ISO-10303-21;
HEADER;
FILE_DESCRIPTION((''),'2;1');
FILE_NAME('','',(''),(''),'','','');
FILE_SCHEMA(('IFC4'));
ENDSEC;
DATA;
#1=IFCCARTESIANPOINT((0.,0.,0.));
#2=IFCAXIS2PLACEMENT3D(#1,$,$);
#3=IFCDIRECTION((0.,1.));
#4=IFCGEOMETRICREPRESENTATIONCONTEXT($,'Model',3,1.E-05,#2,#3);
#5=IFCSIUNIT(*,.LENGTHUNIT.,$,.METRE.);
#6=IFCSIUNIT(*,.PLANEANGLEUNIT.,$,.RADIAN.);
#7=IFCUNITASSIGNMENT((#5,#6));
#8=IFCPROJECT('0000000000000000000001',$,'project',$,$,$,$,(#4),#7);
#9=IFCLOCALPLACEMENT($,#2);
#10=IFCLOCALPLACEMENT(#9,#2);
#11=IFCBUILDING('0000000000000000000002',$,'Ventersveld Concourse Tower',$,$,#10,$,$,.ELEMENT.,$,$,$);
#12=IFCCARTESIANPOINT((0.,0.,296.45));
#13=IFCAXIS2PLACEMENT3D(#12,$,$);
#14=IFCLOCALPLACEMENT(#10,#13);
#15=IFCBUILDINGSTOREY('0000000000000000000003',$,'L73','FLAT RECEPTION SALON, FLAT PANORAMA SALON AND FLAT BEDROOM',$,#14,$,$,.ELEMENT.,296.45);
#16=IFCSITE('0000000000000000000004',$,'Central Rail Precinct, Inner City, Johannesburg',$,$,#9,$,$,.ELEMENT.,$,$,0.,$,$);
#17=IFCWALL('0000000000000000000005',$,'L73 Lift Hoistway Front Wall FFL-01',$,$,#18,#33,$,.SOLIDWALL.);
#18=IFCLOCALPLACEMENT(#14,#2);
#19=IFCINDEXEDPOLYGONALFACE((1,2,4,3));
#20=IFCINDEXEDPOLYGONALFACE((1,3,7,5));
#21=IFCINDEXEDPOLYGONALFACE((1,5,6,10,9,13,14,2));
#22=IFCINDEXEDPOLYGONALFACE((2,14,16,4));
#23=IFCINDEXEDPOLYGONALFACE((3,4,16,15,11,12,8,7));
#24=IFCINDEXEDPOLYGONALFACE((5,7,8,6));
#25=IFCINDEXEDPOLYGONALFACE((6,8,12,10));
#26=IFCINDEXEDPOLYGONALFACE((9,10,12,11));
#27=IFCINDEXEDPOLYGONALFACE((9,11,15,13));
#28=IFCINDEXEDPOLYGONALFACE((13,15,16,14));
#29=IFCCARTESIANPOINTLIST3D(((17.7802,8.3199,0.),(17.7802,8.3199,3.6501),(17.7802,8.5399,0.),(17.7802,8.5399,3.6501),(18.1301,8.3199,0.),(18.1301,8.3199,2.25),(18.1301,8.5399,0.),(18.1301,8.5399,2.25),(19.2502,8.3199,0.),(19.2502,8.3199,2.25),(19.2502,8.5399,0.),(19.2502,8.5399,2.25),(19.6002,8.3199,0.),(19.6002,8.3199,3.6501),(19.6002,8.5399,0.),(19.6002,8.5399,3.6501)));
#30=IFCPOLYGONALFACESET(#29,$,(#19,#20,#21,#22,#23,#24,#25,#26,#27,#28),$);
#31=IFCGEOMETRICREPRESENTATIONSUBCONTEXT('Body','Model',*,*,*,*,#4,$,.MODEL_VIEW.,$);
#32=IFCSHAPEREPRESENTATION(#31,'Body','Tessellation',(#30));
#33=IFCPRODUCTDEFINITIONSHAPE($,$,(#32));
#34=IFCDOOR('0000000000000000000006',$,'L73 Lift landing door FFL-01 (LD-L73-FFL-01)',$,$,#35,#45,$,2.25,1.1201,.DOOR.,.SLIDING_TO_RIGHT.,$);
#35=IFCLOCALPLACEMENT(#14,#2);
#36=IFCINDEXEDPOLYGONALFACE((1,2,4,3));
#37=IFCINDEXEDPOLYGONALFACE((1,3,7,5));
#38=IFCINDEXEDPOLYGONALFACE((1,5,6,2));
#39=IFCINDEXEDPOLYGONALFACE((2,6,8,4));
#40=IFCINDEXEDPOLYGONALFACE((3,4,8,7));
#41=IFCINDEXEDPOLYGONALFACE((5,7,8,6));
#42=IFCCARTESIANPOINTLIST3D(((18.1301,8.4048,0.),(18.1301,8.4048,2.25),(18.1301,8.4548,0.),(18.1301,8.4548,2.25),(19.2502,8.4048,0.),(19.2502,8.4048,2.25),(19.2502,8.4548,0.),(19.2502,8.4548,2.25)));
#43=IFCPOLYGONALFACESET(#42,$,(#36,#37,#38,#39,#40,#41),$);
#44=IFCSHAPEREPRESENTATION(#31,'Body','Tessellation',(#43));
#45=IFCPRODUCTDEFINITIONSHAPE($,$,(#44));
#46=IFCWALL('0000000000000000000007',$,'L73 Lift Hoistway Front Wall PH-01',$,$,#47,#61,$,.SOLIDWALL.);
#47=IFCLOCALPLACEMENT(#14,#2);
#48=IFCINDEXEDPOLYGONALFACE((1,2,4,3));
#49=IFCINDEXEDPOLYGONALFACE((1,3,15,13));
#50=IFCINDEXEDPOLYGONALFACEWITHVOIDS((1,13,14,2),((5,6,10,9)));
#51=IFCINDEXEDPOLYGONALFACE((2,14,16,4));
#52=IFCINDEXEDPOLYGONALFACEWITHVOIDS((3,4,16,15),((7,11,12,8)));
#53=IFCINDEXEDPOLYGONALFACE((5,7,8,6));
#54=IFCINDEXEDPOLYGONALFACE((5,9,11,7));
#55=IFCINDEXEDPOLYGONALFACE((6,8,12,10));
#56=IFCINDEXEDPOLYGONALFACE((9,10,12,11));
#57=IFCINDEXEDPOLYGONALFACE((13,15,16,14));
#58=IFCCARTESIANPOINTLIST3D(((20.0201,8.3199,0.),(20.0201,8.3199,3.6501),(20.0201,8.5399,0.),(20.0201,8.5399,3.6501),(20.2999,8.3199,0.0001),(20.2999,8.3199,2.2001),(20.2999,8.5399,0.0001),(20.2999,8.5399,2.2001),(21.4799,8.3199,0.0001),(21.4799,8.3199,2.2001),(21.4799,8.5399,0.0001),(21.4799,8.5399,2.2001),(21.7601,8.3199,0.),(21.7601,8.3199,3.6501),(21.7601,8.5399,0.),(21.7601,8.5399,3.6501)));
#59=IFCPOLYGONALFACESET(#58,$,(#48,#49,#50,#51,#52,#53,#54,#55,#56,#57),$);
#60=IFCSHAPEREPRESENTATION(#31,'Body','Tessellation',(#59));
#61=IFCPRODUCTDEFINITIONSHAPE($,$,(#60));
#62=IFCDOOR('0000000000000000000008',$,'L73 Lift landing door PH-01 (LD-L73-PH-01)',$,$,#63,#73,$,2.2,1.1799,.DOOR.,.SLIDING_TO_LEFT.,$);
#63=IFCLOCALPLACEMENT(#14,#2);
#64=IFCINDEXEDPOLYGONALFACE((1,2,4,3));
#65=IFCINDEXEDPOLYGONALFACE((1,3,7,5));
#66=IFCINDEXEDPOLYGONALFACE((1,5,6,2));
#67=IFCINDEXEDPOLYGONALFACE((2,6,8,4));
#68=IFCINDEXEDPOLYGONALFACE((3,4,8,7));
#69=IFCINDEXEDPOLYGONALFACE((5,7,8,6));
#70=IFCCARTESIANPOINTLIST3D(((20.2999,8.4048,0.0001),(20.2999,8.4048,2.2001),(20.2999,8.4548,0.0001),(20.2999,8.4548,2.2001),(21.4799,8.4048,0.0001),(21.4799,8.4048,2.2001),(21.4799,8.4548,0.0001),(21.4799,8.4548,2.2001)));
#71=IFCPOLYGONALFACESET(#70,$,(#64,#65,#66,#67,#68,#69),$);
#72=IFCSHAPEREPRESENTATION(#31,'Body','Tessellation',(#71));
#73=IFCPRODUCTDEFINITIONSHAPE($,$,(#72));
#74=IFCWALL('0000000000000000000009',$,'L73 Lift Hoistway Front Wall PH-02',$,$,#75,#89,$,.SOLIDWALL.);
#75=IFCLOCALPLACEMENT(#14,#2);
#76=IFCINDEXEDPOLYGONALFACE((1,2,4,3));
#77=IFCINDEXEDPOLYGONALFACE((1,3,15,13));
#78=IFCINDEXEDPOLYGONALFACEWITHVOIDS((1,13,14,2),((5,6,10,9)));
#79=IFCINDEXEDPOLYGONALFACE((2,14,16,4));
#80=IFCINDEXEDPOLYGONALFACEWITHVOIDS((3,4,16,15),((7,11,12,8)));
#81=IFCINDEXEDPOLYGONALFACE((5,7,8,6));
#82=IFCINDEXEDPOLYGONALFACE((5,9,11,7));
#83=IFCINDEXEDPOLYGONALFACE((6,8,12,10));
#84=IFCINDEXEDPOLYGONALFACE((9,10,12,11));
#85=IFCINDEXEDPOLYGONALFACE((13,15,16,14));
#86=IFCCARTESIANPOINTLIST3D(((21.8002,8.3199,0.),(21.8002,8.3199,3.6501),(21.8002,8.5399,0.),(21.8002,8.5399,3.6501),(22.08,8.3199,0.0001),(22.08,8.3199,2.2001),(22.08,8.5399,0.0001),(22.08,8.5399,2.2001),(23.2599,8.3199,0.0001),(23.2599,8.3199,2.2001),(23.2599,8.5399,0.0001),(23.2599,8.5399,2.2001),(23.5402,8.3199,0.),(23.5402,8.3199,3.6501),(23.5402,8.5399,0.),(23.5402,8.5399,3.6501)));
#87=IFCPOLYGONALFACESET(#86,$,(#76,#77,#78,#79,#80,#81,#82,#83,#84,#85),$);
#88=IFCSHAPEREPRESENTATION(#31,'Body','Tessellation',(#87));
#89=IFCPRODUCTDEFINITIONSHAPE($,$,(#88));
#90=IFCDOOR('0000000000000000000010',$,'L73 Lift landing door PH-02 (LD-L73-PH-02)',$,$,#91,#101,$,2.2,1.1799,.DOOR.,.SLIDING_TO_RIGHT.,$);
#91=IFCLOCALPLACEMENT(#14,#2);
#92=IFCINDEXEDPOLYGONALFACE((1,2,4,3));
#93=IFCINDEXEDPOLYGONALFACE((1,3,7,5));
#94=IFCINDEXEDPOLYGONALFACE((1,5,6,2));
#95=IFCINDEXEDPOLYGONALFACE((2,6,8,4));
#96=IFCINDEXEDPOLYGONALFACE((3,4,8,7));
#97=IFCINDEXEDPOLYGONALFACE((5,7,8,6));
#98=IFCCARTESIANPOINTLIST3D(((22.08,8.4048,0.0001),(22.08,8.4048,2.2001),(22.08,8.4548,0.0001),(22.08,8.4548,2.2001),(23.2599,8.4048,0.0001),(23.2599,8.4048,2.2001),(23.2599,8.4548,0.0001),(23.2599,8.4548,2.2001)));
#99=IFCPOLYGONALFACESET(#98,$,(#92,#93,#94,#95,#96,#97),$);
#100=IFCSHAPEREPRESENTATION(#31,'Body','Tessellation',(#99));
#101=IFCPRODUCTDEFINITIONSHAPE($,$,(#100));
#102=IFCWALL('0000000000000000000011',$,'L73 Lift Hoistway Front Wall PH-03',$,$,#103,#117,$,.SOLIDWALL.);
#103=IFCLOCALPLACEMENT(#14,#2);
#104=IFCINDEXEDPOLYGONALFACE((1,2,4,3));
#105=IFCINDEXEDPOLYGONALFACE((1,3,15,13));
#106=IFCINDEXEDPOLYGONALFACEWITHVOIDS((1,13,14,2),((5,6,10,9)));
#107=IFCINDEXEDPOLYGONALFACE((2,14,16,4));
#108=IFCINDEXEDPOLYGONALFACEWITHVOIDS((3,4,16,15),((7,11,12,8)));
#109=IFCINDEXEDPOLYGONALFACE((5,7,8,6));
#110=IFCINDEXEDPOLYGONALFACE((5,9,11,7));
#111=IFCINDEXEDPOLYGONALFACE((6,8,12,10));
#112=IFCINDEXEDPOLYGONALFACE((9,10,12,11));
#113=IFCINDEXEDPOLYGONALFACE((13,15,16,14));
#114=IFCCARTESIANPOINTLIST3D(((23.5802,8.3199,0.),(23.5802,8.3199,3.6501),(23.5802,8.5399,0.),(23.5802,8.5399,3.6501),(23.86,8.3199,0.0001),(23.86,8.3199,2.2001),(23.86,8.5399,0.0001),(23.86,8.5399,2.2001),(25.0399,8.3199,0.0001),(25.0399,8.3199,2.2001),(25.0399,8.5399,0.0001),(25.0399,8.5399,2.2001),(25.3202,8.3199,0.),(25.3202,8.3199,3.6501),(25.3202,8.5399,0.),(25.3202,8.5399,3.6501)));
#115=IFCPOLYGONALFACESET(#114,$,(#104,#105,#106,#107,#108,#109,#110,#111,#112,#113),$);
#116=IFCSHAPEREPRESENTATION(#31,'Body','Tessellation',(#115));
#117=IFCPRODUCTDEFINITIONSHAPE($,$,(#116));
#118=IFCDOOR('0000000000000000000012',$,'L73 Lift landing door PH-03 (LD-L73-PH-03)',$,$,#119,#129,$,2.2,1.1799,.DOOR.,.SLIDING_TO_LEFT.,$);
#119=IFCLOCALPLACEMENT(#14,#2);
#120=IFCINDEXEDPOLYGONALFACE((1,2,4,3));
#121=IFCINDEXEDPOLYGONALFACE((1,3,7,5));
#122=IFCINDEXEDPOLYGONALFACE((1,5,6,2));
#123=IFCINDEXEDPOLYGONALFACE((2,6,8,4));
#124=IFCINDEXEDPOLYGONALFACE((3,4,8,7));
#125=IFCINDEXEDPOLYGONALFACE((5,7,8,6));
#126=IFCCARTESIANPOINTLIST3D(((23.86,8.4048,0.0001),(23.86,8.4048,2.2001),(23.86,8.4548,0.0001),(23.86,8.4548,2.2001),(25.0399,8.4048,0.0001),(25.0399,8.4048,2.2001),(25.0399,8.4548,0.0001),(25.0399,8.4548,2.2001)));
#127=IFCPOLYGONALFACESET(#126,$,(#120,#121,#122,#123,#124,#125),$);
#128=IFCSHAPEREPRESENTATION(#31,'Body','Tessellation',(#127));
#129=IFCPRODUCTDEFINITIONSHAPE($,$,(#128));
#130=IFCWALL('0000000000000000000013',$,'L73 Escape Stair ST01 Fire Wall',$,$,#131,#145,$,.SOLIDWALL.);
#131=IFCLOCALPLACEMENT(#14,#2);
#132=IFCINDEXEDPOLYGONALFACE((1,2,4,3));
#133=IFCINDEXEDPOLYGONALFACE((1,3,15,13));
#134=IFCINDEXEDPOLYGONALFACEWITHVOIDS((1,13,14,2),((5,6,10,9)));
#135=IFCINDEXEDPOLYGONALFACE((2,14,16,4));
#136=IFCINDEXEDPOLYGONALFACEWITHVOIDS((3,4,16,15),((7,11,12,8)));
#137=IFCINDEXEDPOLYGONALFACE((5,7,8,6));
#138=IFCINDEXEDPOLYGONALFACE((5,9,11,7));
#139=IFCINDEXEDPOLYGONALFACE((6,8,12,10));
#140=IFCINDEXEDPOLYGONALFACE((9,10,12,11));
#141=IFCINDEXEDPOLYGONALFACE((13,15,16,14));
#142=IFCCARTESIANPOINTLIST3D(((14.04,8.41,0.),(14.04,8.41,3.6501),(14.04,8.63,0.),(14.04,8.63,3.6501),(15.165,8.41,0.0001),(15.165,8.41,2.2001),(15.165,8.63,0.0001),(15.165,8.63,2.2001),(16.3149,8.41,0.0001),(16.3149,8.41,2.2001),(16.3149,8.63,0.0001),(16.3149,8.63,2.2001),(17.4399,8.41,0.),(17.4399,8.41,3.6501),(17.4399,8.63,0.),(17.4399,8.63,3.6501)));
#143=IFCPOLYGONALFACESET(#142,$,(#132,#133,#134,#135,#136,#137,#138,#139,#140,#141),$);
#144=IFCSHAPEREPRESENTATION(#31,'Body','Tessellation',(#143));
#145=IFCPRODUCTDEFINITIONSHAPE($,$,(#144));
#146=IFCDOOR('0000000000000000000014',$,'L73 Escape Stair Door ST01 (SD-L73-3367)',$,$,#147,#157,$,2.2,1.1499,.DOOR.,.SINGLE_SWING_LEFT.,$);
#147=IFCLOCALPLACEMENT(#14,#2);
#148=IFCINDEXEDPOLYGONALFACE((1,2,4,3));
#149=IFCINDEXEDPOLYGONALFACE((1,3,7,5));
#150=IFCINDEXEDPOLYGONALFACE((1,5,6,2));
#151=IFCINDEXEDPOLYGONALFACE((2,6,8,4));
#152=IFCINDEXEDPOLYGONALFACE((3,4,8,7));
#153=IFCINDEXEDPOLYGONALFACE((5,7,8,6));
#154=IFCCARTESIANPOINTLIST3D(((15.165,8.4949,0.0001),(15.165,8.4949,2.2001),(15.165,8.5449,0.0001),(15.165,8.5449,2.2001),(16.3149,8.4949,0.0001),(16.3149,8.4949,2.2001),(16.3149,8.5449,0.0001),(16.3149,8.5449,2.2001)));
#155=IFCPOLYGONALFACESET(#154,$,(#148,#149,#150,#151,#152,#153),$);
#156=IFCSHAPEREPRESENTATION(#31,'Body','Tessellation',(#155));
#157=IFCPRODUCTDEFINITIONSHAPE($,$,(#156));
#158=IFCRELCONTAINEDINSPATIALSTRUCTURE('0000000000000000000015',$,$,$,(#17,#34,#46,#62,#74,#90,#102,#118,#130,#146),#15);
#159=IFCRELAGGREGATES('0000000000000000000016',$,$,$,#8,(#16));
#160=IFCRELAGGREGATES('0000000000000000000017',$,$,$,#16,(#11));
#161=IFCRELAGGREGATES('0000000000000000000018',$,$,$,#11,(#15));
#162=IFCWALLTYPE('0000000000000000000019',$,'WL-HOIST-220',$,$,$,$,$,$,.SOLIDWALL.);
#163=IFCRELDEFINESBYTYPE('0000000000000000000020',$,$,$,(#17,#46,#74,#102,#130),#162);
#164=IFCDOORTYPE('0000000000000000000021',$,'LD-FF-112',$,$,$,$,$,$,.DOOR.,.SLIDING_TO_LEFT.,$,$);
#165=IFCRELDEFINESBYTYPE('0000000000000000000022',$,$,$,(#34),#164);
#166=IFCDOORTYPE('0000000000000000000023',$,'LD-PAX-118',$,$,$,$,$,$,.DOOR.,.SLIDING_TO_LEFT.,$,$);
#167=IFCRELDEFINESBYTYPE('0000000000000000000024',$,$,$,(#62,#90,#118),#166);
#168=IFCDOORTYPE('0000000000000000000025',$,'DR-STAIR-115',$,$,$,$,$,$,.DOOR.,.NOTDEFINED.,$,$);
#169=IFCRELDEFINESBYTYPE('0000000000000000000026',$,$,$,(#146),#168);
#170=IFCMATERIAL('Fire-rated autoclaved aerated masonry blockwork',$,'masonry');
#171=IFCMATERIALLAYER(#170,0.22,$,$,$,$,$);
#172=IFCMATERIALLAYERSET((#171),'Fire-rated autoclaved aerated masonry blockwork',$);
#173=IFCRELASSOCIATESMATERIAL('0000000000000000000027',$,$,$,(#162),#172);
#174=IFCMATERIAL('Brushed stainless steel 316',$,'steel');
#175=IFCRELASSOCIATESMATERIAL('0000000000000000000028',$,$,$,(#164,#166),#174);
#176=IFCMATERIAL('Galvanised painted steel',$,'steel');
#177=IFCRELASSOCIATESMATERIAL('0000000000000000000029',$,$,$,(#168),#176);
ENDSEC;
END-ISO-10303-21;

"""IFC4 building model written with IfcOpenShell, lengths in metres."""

from ifc_helpers import new_model, si_unit, direction, frame, frame_2d, origin, place, context, subcontext, project, spatial, rectangle, extrude, material, layer, layer_set, type_object, element, fill, save


model = new_model("IFC4")

# Units and contexts
model_context = context("Model", 3, precision=1e-05, world=origin(), true_north=direction((0.0, 1.0)))
body_context = subcontext(model_context, "Body", "Model", "MODEL_VIEW")
ifc_project = project(units=[si_unit("LENGTHUNIT", "METRE"), si_unit("PLANEANGLEUNIT", "RADIAN")], contexts=[model_context])

# Site, building, storey
site_placement = place(None, origin())
site = spatial("IfcSite", under=ifc_project, at=site_placement, Name="Central Rail Precinct, Inner City, Johannesburg", CompositionType="ELEMENT", RefElevation=0.0)
building_placement = place(site_placement, origin())
building = spatial("IfcBuilding", under=site, at=building_placement, Name="Ventersveld Concourse Tower", CompositionType="ELEMENT")
storey_placement = place(building_placement, frame((0.0, 0.0, 296.45)))
storey = spatial("IfcBuildingStorey", under=building, at=storey_placement, Name="L73", Description="FLAT RECEPTION SALON, FLAT PANORAMA SALON AND FLAT BEDROOM", CompositionType="ELEMENT", Elevation=296.45)

# Walls, openings, doors
ifc_material_1 = material(Name="Fire-rated autoclaved aerated masonry blockwork", Category="masonry")
ifc_layer_1 = layer(ifc_material_1, 0.22)
ifc_layer_set_1 = layer_set([ifc_layer_1], Name="Fire-rated autoclaved aerated masonry blockwork")
wall_type_1 = type_object("IfcWallType", Name="WL-HOIST-220", PredefinedType="SOLIDWALL", material=ifc_layer_set_1)
wall_1_placement = place(storey_placement, frame((17.78, 8.4299, 0.0), z_axis=(0.0, 0.0, 1.0), x_axis=(1.0, 0.0, 0.0)))
wall_1 = element("IfcWall", 1, at=wall_1_placement, inside=storey, type_object=wall_type_1, Name="L73 Lift Hoistway Front Wall FFL-01", PredefinedType="SOLIDWALL", context=body_context, shape_type="SweptSolid", body=[
    extrude(rectangle(XDim=1.8201, YDim=0.22, at=frame_2d((0.9102, 0.0))), origin(), (0.0, 0.0, 1.0), 3.6501),
])
opening_1_placement = place(wall_1_placement, frame((0.3501, 0.0, 0.0)))
opening_1 = element("IfcOpeningElement", 2, at=opening_1_placement, cuts=wall_1, PredefinedType="OPENING", context=body_context, shape_type="SweptSolid", body=[
    extrude(rectangle(XDim=1.1201, YDim=2.25, at=frame_2d((0.5601, 1.125))), frame((0.0, 0.1201, 0.0), z_axis=(0.0, -1.0, 0.0), x_axis=(1.0, 0.0, 0.0)), (0.0, 0.0, 1.0), 0.24),
])
ifc_material_2 = material(Name="Brushed stainless steel 316", Category="steel")
door_type_1 = type_object("IfcDoorType", Name="LD-FF-112", OperationType="SLIDING_TO_LEFT", PredefinedType="DOOR", material=ifc_material_2)
door_1_placement = place(opening_1_placement, origin())
door_1 = element("IfcDoor", 3, at=door_1_placement, inside=storey, type_object=door_type_1, Name="L73 Lift landing door FFL-01 (LD-L73-FFL-01)", OperationType="SLIDING_TO_RIGHT", OverallHeight=2.25, OverallWidth=1.1201, PredefinedType="DOOR", context=body_context, shape_type="SweptSolid", body=[
    extrude(rectangle(XDim=1.1201, YDim=2.25, at=frame_2d((0.5601, 1.125))), frame((0.0, 0.0249, 0.0), z_axis=(0.0, -1.0, 0.0), x_axis=(1.0, 0.0, 0.0)), (0.0, 0.0, 1.0), 0.05),
])
fill(opening_1, door_1)
wall_2_placement = place(storey_placement, frame((20.02, 8.4299, 0.0), z_axis=(0.0, 0.0, 1.0), x_axis=(1.0, 0.0, 0.0)))
wall_2 = element("IfcWall", 4, at=wall_2_placement, inside=storey, type_object=wall_type_1, Name="L73 Lift Hoistway Front Wall PH-01", PredefinedType="SOLIDWALL", context=body_context, shape_type="SweptSolid", body=[
    extrude(rectangle(XDim=1.74, YDim=0.22, at=frame_2d((0.8701, 0.0))), origin(), (0.0, 0.0, 1.0), 3.6501),
])
opening_2_placement = place(wall_2_placement, frame((0.28, 0.0, 0.0)))
opening_2 = element("IfcOpeningElement", 5, at=opening_2_placement, cuts=wall_2, PredefinedType="OPENING", context=body_context, shape_type="SweptSolid", body=[
    extrude(rectangle(XDim=1.1799, YDim=2.2, at=frame_2d((0.5898, 1.1001))), frame((0.0, 0.1201, 0.0), z_axis=(0.0, -1.0, 0.0), x_axis=(1.0, 0.0, 0.0)), (0.0, 0.0, 1.0), 0.24),
])
door_type_2 = type_object("IfcDoorType", Name="LD-PAX-118", OperationType="SLIDING_TO_LEFT", PredefinedType="DOOR", material=ifc_material_2)
door_2_placement = place(opening_2_placement, origin())
door_2 = element("IfcDoor", 6, at=door_2_placement, inside=storey, type_object=door_type_2, Name="L73 Lift landing door PH-01 (LD-L73-PH-01)", OperationType="SLIDING_TO_LEFT", OverallHeight=2.2, OverallWidth=1.1799, PredefinedType="DOOR", context=body_context, shape_type="SweptSolid", body=[
    extrude(rectangle(XDim=1.1799, YDim=2.2, at=frame_2d((0.5898, 1.1001))), frame((0.0, 0.0249, 0.0), z_axis=(0.0, -1.0, 0.0), x_axis=(1.0, 0.0, 0.0)), (0.0, 0.0, 1.0), 0.05),
])
fill(opening_2, door_2)
wall_3_placement = place(storey_placement, frame((21.8, 8.4299, 0.0), z_axis=(0.0, 0.0, 1.0), x_axis=(1.0, 0.0, 0.0)))
wall_3 = element("IfcWall", 7, at=wall_3_placement, inside=storey, type_object=wall_type_1, Name="L73 Lift Hoistway Front Wall PH-02", PredefinedType="SOLIDWALL", context=body_context, shape_type="SweptSolid", body=[
    extrude(rectangle(XDim=1.74, YDim=0.22, at=frame_2d((0.8701, 0.0))), origin(), (0.0, 0.0, 1.0), 3.6501),
])
opening_3_placement = place(wall_3_placement, frame((0.28, 0.0, 0.0)))
opening_3 = element("IfcOpeningElement", 8, at=opening_3_placement, cuts=wall_3, PredefinedType="OPENING", context=body_context, shape_type="SweptSolid", body=[
    extrude(rectangle(XDim=1.1799, YDim=2.2, at=frame_2d((0.5898, 1.1001))), frame((0.0, 0.1201, 0.0), z_axis=(0.0, -1.0, 0.0), x_axis=(1.0, 0.0, 0.0)), (0.0, 0.0, 1.0), 0.24),
])
door_3_placement = place(opening_3_placement, origin())
door_3 = element("IfcDoor", 9, at=door_3_placement, inside=storey, type_object=door_type_2, Name="L73 Lift landing door PH-02 (LD-L73-PH-02)", OperationType="SLIDING_TO_RIGHT", OverallHeight=2.2, OverallWidth=1.1799, PredefinedType="DOOR", context=body_context, shape_type="SweptSolid", body=[
    extrude(rectangle(XDim=1.1799, YDim=2.2, at=frame_2d((0.5898, 1.1001))), frame((0.0, 0.0249, 0.0), z_axis=(0.0, -1.0, 0.0), x_axis=(1.0, 0.0, 0.0)), (0.0, 0.0, 1.0), 0.05),
])
fill(opening_3, door_3)
wall_4_placement = place(storey_placement, frame((23.5801, 8.4299, 0.0), z_axis=(0.0, 0.0, 1.0), x_axis=(1.0, 0.0, 0.0)))
wall_4 = element("IfcWall", 10, at=wall_4_placement, inside=storey, type_object=wall_type_1, Name="L73 Lift Hoistway Front Wall PH-03", PredefinedType="SOLIDWALL", context=body_context, shape_type="SweptSolid", body=[
    extrude(rectangle(XDim=1.74, YDim=0.22, at=frame_2d((0.8701, 0.0))), origin(), (0.0, 0.0, 1.0), 3.6501),
])
opening_4_placement = place(wall_4_placement, frame((0.28, 0.0, 0.0)))
opening_4 = element("IfcOpeningElement", 11, at=opening_4_placement, cuts=wall_4, PredefinedType="OPENING", context=body_context, shape_type="SweptSolid", body=[
    extrude(rectangle(XDim=1.1799, YDim=2.2, at=frame_2d((0.5898, 1.1001))), frame((0.0, 0.1201, 0.0), z_axis=(0.0, -1.0, 0.0), x_axis=(1.0, 0.0, 0.0)), (0.0, 0.0, 1.0), 0.24),
])
door_4_placement = place(opening_4_placement, origin())
door_4 = element("IfcDoor", 12, at=door_4_placement, inside=storey, type_object=door_type_2, Name="L73 Lift landing door PH-03 (LD-L73-PH-03)", OperationType="SLIDING_TO_LEFT", OverallHeight=2.2, OverallWidth=1.1799, PredefinedType="DOOR", context=body_context, shape_type="SweptSolid", body=[
    extrude(rectangle(XDim=1.1799, YDim=2.2, at=frame_2d((0.5898, 1.1001))), frame((0.0, 0.0249, 0.0), z_axis=(0.0, -1.0, 0.0), x_axis=(1.0, 0.0, 0.0)), (0.0, 0.0, 1.0), 0.05),
])
fill(opening_4, door_4)
wall_5_placement = place(storey_placement, frame((14.04, 8.52, 0.0), z_axis=(0.0, 0.0, 1.0), x_axis=(1.0, 0.0, 0.0)))
wall_5 = element("IfcWall", 13, at=wall_5_placement, inside=storey, type_object=wall_type_1, Name="L73 Escape Stair ST01 Fire Wall", PredefinedType="SOLIDWALL", context=body_context, shape_type="SweptSolid", body=[
    extrude(rectangle(XDim=3.3999, YDim=0.22, at=frame_2d((1.7, 0.0))), origin(), (0.0, 0.0, 1.0), 3.6501),
])
opening_5_placement = place(wall_5_placement, frame((1.125, 0.0, 0.0)))
opening_5 = element("IfcOpeningElement", 14, at=opening_5_placement, cuts=wall_5, PredefinedType="OPENING", context=body_context, shape_type="SweptSolid", body=[
    extrude(rectangle(XDim=1.1499, YDim=2.2, at=frame_2d((0.575, 1.1001))), frame((0.0, 0.1201, 0.0), z_axis=(0.0, -1.0, 0.0), x_axis=(1.0, 0.0, 0.0)), (0.0, 0.0, 1.0), 0.24),
])
ifc_material_3 = material(Name="Galvanised painted steel", Category="steel")
door_type_3 = type_object("IfcDoorType", Name="DR-STAIR-115", OperationType="NOTDEFINED", PredefinedType="DOOR", material=ifc_material_3)
door_5_placement = place(opening_5_placement, origin())
door_5 = element("IfcDoor", 15, at=door_5_placement, inside=storey, type_object=door_type_3, Name="L73 Escape Stair Door ST01 (SD-L73-3367)", OperationType="SINGLE_SWING_LEFT", OverallHeight=2.2, OverallWidth=1.1499, PredefinedType="DOOR", context=body_context, shape_type="SweptSolid", body=[
    extrude(rectangle(XDim=1.1499, YDim=2.2, at=frame_2d((0.575, 1.1001))), frame((0.0, 0.0249, 0.0), z_axis=(0.0, -1.0, 0.0), x_axis=(1.0, 0.0, 0.0)), (0.0, 0.0, 1.0), 0.05),
])
fill(opening_5, door_5)

save(model, "model.ifc")
